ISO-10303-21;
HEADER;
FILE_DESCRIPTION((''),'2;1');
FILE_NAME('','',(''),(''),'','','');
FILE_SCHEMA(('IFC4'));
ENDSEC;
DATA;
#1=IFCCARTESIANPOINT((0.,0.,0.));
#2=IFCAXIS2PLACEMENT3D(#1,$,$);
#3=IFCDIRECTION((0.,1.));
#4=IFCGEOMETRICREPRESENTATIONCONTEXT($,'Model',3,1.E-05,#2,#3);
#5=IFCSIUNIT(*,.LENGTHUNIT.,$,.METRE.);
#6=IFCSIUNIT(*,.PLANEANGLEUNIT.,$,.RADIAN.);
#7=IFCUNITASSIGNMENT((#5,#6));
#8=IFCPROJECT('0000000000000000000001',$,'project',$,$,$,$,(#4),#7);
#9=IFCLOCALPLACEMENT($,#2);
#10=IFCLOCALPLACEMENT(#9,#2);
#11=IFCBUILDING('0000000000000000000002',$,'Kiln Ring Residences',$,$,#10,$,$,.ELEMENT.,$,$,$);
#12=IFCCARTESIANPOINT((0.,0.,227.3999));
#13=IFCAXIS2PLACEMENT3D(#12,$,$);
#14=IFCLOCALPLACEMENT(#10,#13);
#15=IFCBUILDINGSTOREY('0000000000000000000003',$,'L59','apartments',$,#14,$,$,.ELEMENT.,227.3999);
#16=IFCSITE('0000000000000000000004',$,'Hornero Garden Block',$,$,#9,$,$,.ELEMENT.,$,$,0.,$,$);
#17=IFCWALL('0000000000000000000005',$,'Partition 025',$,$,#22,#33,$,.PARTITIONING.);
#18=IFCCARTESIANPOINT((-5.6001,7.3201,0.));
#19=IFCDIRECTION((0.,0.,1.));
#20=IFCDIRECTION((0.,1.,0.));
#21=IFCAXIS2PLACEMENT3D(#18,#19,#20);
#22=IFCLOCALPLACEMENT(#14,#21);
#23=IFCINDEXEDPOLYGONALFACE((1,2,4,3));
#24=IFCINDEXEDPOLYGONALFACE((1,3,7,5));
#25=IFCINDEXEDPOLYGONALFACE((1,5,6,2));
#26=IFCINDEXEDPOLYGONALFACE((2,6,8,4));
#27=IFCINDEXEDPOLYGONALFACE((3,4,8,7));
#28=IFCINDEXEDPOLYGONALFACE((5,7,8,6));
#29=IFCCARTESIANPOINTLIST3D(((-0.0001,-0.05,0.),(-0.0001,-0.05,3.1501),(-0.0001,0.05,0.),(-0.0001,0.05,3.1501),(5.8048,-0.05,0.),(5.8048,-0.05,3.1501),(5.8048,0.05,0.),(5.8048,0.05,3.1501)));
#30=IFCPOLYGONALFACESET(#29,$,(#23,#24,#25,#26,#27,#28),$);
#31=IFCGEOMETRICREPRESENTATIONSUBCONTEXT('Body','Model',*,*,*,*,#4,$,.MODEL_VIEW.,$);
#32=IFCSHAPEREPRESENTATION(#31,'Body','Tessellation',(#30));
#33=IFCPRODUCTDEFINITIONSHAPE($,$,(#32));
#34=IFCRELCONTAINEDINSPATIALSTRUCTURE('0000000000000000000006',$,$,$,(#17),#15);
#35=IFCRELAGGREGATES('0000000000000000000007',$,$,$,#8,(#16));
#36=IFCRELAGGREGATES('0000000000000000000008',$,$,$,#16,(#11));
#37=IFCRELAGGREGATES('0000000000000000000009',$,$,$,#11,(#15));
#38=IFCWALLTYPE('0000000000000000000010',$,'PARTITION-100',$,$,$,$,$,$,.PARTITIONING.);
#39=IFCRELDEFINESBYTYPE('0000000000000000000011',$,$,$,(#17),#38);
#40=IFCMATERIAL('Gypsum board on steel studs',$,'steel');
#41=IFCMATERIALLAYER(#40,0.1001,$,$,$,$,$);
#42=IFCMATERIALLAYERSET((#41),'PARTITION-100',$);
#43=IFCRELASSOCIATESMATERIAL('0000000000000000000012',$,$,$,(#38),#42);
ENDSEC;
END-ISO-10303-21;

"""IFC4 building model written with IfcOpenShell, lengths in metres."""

from ifc_helpers import new_model, si_unit, direction, frame, frame_2d, origin, place, context, subcontext, project, spatial, rectangle, extrude, material, layer, layer_set, type_object, element, save


model = new_model("IFC4")

# Units and contexts
model_context = context("Model", 3, precision=1e-05, world=origin(), true_north=direction((0.0, 1.0)))
body_context = subcontext(model_context, "Body", "Model", "MODEL_VIEW")
ifc_project = project(units=[si_unit("LENGTHUNIT", "METRE"), si_unit("PLANEANGLEUNIT", "RADIAN")], contexts=[model_context])

# Site, building, storey
site_placement = place(None, origin())
site = spatial("IfcSite", under=ifc_project, at=site_placement, Name="Hornero Garden Block", CompositionType="ELEMENT", RefElevation=0.0)
building_placement = place(site_placement, origin())
building = spatial("IfcBuilding", under=site, at=building_placement, Name="Kiln Ring Residences", CompositionType="ELEMENT")
storey_placement = place(building_placement, frame((0.0, 0.0, 227.3999)))
storey = spatial("IfcBuildingStorey", under=building, at=storey_placement, Name="L59", Description="apartments", CompositionType="ELEMENT", Elevation=227.3999)

# Wall
ifc_material_1 = material(Name="Gypsum board on steel studs", Category="steel")
ifc_layer_1 = layer(ifc_material_1, 0.1001)
ifc_layer_set_1 = layer_set([ifc_layer_1], Name="PARTITION-100")
wall_type = type_object("IfcWallType", Name="PARTITION-100", PredefinedType="PARTITIONING", material=ifc_layer_set_1)
wall_placement = place(storey_placement, frame((-5.6001, 7.3201, 0.0), z_axis=(0.0, 0.0, 1.0), x_axis=(0.0, 1.0, 0.0)))
element("IfcWall", 1, at=wall_placement, inside=storey, type_object=wall_type, Name="Partition 025", PredefinedType="PARTITIONING", context=body_context, shape_type="SweptSolid", body=[
    extrude(rectangle(XDim=5.8049, YDim=0.1001, at=frame_2d((2.9023, 0.0))), origin(), (0.0, 0.0, 1.0), 3.1501),
])

save(model, "model.ifc")
